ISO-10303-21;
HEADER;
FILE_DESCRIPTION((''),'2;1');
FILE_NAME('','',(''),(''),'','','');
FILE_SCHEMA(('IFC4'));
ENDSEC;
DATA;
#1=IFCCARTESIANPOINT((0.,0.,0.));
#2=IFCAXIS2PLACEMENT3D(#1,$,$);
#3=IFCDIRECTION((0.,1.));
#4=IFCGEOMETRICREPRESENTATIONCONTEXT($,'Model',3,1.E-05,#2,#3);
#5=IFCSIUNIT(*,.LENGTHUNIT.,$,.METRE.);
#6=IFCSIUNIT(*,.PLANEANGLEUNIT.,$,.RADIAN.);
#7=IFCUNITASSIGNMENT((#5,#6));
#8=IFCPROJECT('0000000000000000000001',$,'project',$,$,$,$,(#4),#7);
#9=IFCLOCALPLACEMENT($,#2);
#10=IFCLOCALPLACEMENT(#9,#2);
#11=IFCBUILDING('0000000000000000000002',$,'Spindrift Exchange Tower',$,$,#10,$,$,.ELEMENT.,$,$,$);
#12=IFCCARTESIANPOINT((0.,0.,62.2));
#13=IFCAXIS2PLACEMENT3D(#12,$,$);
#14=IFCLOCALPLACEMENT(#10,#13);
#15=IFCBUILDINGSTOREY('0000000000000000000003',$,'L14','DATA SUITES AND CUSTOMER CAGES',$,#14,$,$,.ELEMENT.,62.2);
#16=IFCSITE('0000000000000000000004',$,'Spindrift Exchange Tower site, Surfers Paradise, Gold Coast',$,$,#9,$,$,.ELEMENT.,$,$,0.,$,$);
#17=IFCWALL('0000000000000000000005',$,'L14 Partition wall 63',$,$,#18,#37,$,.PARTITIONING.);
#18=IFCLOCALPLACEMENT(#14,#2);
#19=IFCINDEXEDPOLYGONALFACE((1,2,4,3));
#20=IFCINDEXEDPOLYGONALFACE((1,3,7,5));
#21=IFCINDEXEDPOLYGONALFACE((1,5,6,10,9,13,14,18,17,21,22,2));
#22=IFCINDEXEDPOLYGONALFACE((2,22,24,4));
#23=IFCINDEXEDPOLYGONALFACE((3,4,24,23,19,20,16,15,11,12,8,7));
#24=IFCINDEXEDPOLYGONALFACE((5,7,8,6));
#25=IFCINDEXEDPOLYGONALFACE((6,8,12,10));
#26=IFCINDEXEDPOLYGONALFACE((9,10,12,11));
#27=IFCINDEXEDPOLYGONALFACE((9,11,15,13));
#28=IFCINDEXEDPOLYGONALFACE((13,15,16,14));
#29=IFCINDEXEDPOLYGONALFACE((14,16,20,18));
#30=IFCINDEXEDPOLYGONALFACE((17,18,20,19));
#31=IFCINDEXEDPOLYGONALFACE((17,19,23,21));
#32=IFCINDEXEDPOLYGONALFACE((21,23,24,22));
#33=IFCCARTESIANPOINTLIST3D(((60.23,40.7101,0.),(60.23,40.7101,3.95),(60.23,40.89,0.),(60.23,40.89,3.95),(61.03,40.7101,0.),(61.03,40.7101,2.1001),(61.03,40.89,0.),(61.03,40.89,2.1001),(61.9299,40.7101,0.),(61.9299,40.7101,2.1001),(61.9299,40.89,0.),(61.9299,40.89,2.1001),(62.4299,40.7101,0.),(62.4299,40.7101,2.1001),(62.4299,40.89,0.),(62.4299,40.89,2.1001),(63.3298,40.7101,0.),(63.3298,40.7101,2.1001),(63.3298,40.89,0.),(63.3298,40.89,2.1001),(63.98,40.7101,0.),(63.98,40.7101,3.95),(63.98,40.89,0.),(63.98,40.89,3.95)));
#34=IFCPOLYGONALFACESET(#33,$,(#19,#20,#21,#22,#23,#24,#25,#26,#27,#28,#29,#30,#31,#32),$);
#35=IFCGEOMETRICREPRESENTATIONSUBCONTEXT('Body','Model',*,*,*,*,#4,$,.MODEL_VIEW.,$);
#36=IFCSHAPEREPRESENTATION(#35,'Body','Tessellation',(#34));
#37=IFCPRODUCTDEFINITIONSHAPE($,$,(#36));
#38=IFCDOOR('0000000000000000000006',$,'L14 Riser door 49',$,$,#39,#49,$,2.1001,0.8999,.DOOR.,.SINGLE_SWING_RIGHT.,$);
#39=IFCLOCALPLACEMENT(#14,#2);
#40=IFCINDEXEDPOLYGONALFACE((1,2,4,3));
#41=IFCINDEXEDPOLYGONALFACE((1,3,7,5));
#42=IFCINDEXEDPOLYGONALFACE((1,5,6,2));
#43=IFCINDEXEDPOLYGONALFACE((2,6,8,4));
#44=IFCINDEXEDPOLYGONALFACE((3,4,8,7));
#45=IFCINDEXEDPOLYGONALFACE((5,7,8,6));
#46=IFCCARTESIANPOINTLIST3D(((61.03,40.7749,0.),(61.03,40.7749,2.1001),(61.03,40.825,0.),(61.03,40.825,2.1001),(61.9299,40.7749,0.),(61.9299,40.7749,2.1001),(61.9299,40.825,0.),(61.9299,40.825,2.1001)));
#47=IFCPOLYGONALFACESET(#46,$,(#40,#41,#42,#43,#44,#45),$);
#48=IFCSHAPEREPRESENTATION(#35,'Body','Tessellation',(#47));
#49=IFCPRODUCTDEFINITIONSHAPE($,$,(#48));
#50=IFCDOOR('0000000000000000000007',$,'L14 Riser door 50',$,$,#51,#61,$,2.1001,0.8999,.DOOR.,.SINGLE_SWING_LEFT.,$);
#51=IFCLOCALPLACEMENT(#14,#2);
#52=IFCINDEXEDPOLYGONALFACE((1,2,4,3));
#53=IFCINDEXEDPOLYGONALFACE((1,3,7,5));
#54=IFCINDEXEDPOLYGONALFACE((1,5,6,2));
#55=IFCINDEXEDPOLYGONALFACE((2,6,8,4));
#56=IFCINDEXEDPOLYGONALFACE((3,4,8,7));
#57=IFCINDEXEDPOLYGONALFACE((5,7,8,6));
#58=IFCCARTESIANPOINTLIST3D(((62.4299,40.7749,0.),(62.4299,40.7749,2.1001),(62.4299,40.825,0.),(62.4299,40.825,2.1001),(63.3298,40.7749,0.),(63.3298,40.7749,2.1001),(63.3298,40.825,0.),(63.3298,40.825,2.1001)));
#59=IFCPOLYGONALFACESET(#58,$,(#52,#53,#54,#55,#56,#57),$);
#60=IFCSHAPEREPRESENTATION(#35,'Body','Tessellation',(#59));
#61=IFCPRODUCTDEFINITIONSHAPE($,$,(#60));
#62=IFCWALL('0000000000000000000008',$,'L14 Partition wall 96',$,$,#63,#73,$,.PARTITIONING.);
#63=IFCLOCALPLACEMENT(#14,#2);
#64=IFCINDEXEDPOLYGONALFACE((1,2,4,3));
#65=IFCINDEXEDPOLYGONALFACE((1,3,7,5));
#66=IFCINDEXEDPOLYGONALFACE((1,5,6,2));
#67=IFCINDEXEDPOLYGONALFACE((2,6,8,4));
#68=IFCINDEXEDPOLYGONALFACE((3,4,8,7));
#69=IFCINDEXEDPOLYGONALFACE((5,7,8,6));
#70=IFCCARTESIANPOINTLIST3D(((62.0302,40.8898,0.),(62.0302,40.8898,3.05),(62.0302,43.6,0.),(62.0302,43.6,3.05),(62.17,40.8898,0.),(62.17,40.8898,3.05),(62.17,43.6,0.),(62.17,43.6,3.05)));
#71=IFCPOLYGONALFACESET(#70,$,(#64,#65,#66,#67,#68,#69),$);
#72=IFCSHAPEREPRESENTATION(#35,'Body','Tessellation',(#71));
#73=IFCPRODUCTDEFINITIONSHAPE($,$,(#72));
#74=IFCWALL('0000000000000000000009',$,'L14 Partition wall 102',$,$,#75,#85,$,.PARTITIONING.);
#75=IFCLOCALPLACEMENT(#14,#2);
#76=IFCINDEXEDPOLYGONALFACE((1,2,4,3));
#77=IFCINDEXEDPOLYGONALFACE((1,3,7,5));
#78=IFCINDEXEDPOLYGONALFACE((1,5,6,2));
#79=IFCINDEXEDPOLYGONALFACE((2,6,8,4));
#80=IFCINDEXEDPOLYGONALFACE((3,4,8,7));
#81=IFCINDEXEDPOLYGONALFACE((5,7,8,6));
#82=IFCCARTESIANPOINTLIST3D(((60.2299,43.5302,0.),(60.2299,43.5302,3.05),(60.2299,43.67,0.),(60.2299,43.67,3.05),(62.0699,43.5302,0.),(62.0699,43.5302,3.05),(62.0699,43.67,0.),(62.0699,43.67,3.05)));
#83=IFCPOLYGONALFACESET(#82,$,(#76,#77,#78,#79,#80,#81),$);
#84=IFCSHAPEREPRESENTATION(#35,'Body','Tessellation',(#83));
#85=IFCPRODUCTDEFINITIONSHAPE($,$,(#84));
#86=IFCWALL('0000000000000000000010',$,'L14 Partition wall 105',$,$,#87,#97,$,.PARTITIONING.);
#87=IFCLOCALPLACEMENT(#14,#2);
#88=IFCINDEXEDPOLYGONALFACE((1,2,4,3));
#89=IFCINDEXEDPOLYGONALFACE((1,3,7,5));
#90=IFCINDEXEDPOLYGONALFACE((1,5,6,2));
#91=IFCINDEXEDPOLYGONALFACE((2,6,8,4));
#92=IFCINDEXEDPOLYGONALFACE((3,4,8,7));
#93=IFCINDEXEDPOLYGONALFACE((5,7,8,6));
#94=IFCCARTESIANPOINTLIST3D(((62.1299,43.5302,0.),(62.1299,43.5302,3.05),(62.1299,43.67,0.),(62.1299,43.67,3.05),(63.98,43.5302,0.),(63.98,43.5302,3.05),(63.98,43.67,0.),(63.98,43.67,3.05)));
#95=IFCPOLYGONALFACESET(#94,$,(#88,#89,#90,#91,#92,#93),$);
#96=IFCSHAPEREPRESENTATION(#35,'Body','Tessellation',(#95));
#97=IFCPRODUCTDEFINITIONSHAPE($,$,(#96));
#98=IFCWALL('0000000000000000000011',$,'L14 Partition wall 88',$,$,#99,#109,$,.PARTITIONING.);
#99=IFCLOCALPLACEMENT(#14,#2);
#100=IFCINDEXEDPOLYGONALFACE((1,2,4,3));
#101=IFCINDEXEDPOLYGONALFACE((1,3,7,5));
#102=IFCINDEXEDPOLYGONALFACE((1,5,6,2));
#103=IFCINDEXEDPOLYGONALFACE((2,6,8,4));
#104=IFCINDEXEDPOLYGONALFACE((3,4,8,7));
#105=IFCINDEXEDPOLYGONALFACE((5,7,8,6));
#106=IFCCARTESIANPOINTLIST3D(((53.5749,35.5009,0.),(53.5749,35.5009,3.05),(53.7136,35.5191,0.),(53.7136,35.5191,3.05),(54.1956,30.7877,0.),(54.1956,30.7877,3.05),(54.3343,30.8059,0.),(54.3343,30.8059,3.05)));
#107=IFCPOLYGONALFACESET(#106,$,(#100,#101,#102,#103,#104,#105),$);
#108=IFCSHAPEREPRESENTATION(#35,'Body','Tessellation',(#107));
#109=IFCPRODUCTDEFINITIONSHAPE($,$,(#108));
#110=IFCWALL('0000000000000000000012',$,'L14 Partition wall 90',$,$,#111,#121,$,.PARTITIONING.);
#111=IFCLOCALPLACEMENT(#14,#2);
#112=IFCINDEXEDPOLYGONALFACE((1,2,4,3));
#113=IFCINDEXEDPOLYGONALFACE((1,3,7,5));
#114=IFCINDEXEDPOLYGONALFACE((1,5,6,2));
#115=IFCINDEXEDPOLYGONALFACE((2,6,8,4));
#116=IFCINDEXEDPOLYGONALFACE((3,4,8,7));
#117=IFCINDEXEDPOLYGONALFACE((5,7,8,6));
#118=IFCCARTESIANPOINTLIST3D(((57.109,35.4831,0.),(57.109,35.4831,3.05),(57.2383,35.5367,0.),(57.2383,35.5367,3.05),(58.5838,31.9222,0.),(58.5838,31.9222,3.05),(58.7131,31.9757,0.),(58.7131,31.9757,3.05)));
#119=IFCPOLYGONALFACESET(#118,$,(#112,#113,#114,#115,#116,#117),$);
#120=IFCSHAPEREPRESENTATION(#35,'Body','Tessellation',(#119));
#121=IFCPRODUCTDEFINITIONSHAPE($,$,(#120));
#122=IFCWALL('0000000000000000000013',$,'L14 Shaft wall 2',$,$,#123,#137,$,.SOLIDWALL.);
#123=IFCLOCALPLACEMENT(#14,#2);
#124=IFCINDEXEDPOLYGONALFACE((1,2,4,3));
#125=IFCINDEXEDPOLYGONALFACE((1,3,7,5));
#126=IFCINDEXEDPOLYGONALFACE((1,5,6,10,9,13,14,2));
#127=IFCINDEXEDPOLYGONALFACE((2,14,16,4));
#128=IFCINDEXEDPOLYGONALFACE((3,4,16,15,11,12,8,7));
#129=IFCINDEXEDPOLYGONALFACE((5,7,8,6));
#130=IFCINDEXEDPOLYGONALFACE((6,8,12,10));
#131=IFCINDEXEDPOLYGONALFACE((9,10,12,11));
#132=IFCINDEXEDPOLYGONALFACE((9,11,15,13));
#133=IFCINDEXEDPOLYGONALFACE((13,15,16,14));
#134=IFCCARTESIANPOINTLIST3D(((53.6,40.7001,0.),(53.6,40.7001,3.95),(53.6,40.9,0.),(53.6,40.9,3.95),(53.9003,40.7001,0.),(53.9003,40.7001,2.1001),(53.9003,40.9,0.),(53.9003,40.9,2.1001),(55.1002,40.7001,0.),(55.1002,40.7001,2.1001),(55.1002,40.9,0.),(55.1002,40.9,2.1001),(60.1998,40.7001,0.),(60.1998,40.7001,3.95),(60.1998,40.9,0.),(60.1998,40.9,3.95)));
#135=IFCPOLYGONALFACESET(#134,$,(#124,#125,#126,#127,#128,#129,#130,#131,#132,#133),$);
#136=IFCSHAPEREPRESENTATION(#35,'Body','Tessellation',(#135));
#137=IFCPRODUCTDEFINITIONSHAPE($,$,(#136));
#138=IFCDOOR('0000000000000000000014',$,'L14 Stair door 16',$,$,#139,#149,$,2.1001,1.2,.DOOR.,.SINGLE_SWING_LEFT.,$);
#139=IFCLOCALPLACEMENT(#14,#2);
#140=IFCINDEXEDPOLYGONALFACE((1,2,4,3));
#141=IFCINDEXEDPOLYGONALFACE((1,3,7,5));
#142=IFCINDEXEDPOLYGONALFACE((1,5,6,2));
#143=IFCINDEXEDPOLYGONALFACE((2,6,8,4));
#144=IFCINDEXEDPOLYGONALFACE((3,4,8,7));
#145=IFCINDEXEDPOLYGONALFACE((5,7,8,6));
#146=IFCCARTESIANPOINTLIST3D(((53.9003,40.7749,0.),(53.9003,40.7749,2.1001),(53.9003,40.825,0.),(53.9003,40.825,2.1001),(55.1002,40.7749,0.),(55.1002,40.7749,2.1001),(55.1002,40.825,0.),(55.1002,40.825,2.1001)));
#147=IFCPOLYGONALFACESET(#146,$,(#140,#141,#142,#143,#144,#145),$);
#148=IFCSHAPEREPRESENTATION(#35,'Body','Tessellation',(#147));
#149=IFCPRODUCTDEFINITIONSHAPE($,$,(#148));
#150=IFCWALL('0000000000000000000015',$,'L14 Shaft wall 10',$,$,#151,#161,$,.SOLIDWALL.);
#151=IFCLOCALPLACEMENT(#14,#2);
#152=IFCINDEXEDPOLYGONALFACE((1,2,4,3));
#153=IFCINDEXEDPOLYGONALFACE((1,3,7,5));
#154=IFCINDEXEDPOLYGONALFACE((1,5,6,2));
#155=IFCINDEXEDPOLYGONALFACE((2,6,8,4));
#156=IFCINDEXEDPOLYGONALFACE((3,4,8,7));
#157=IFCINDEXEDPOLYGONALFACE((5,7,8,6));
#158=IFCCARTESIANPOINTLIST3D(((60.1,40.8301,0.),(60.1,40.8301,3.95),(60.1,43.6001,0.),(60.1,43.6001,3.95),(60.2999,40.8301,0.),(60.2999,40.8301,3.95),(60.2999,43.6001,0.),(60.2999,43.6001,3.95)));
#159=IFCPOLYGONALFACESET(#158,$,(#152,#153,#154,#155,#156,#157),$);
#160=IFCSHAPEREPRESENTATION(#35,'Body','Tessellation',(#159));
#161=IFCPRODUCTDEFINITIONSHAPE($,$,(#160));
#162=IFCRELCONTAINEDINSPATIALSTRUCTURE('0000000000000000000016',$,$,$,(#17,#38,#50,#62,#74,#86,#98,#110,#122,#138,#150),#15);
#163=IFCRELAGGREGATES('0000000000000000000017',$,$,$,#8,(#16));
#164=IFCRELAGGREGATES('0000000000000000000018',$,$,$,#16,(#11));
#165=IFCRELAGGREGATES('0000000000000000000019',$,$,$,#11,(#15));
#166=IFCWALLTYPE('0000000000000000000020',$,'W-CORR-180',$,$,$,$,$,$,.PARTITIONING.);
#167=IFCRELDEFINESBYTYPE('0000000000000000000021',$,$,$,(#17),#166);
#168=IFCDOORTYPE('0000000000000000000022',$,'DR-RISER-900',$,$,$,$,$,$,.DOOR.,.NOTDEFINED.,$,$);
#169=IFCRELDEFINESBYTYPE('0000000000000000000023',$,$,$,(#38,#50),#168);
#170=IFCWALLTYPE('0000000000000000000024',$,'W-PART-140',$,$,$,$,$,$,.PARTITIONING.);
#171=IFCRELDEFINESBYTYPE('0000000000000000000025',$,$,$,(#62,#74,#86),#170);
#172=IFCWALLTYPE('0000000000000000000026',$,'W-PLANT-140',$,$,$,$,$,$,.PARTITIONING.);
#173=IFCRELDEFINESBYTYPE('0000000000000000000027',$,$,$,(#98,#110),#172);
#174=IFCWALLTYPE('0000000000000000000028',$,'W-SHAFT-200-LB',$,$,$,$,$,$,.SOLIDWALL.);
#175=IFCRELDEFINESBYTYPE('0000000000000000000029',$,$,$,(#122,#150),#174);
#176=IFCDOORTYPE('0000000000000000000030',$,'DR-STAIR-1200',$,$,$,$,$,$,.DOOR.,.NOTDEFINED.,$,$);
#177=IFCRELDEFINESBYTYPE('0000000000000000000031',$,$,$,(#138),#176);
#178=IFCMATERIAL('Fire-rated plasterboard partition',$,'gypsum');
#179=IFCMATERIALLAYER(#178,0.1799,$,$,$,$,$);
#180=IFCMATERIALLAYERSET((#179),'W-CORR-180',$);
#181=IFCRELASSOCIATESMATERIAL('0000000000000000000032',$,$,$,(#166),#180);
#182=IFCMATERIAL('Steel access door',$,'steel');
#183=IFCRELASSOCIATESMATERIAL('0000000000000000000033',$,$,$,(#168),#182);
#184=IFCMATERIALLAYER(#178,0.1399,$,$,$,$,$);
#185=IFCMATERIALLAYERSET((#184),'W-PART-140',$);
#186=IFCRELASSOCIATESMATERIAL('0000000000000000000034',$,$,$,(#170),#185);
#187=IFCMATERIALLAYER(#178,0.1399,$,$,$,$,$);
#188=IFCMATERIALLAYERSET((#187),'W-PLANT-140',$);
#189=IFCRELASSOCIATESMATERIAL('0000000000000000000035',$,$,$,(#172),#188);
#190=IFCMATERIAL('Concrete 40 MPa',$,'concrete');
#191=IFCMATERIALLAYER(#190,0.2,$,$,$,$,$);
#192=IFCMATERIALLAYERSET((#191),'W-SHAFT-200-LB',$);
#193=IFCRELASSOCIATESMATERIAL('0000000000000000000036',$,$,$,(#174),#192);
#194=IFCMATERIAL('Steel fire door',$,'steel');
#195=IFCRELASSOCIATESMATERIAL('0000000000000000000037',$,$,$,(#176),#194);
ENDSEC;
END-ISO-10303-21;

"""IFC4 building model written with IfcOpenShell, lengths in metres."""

from ifc_helpers import new_model, si_unit, direction, frame, frame_2d, origin, place, context, subcontext, project, spatial, rectangle, extrude, source, transform, mapped, material, layer, layer_set, type_object, element, fill, save


model = new_model("IFC4")

# Units and contexts
model_context = context("Model", 3, precision=1e-05, world=origin(), true_north=direction((0.0, 1.0)))
body_context = subcontext(model_context, "Body", "Model", "MODEL_VIEW")
ifc_project = project(units=[si_unit("LENGTHUNIT", "METRE"), si_unit("PLANEANGLEUNIT", "RADIAN")], contexts=[model_context])

# Site, building, storey
site_placement = place(None, origin())
site = spatial("IfcSite", under=ifc_project, at=site_placement, Name="Spindrift Exchange Tower site, Surfers Paradise, Gold Coast", CompositionType="ELEMENT", RefElevation=0.0)
building_placement = place(site_placement, origin())
building = spatial("IfcBuilding", under=site, at=building_placement, Name="Spindrift Exchange Tower", CompositionType="ELEMENT")
storey_placement = place(building_placement, frame((0.0, 0.0, 62.2)))
storey = spatial("IfcBuildingStorey", under=building, at=storey_placement, Name="L14", Description="DATA SUITES AND CUSTOMER CAGES", CompositionType="ELEMENT", Elevation=62.2)

# Wall, openings, doors
ifc_material_1 = material(Name="Fire-rated plasterboard partition", Category="gypsum")
ifc_layer_1 = layer(ifc_material_1, 0.1799)
ifc_layer_set_1 = layer_set([ifc_layer_1], Name="W-CORR-180")
wall_type_1 = type_object("IfcWallType", Name="W-CORR-180", PredefinedType="PARTITIONING", material=ifc_layer_set_1)
wall_1_placement = place(storey_placement, frame((60.23, 40.8, 0.0), z_axis=(0.0, 0.0, 1.0), x_axis=(1.0, 0.0, 0.0)))
wall_1 = element("IfcWall", 1, at=wall_1_placement, inside=storey, type_object=wall_type_1, Name="L14 Partition wall 63", PredefinedType="PARTITIONING", context=body_context, shape_type="SweptSolid", body=[
    extrude(rectangle(XDim=3.75, YDim=0.1799, at=frame_2d((1.875, 0.0))), origin(), (0.0, 0.0, 1.0), 3.95),
])
opening_1_placement = place(wall_1_placement, frame((0.8, 0.0, 0.0)))
opening_1 = element("IfcOpeningElement", 2, at=opening_1_placement, cuts=wall_1, PredefinedType="OPENING", context=body_context, shape_type="SweptSolid", body=[
    extrude(rectangle(XDim=0.8999, YDim=2.1001, at=frame_2d((0.45, 1.05))), frame((0.0, 0.0999, 0.0), z_axis=(0.0, -1.0, 0.0), x_axis=(1.0, 0.0, 0.0)), (0.0, 0.0, 1.0), 0.2),
])
opening_2_placement = place(wall_1_placement, frame((2.2, 0.0, 0.0)))
opening_2 = element("IfcOpeningElement", 3, at=opening_2_placement, cuts=wall_1, PredefinedType="OPENING", context=body_context, shape_type="SweptSolid", body=[
    extrude(rectangle(XDim=0.8999, YDim=2.1001, at=frame_2d((0.45, 1.05))), frame((0.0, 0.0999, 0.0), z_axis=(0.0, -1.0, 0.0), x_axis=(1.0, 0.0, 0.0)), (0.0, 0.0, 1.0), 0.2),
])
ifc_material_2 = material(Name="Steel access door", Category="steel")
door_type_1 = type_object("IfcDoorType", Name="DR-RISER-900", OperationType="NOTDEFINED", PredefinedType="DOOR", material=ifc_material_2)
shared_shape_1 = source(origin(), body_context, "Body", "SweptSolid", [
    extrude(rectangle(XDim=0.8999, YDim=2.1001, at=frame_2d((0.45, 1.05))), frame((0.0, 0.0249, 0.0), z_axis=(0.0, -1.0, 0.0), x_axis=(1.0, 0.0, 0.0)), (0.0, 0.0, 1.0), 0.05),
])
door_1_placement = place(opening_1_placement, origin())
door_1 = element("IfcDoor", 4, at=door_1_placement, inside=storey, type_object=door_type_1, Name="L14 Riser door 49", OperationType="SINGLE_SWING_RIGHT", OverallHeight=2.1001, OverallWidth=0.8999, PredefinedType="DOOR", context=body_context, shape_type="MappedRepresentation", body=[
    mapped(shared_shape_1, transform((0.0, 0.0, 0.0), scale=1.0)),
])
fill(opening_1, door_1)
door_2_placement = place(opening_2_placement, origin())
door_2 = element("IfcDoor", 5, at=door_2_placement, inside=storey, type_object=door_type_1, Name="L14 Riser door 50", OperationType="SINGLE_SWING_LEFT", OverallHeight=2.1001, OverallWidth=0.8999, PredefinedType="DOOR", context=body_context, shape_type="MappedRepresentation", body=[
    mapped(shared_shape_1, transform((0.0, 0.0, 0.0), scale=1.0)),
])
fill(opening_2, door_2)

# Walls
ifc_layer_2 = layer(ifc_material_1, 0.1399)
ifc_layer_set_2 = layer_set([ifc_layer_2], Name="W-PART-140")
wall_type_2 = type_object("IfcWallType", Name="W-PART-140", PredefinedType="PARTITIONING", material=ifc_layer_set_2)
wall_2_placement = place(storey_placement, frame((62.1001, 40.8899, 0.0), z_axis=(0.0, 0.0, 1.0), x_axis=(0.0, 1.0, 0.0)))
element("IfcWall", 6, at=wall_2_placement, inside=storey, type_object=wall_type_2, Name="L14 Partition wall 96", PredefinedType="PARTITIONING", context=body_context, shape_type="SweptSolid", body=[
    extrude(rectangle(XDim=2.7102, YDim=0.1399, at=frame_2d((1.355, 0.0))), origin(), (0.0, 0.0, 1.0), 3.05),
])
wall_3_placement = place(storey_placement, frame((60.23, 43.6001, 0.0), z_axis=(0.0, 0.0, 1.0), x_axis=(1.0, 0.0, 0.0)))
element("IfcWall", 7, at=wall_3_placement, inside=storey, type_object=wall_type_2, Name="L14 Partition wall 102", PredefinedType="PARTITIONING", context=body_context, shape_type="SweptSolid", body=[
    extrude(rectangle(XDim=1.8401, YDim=0.1399, at=frame_2d((0.9199, 0.0))), origin(), (0.0, 0.0, 1.0), 3.05),
])
wall_4_placement = place(storey_placement, frame((62.1299, 43.6001, 0.0), z_axis=(0.0, 0.0, 1.0), x_axis=(1.0, 0.0, 0.0)))
element("IfcWall", 8, at=wall_4_placement, inside=storey, type_object=wall_type_2, Name="L14 Partition wall 105", PredefinedType="PARTITIONING", context=body_context, shape_type="SweptSolid", body=[
    extrude(rectangle(XDim=1.8501, YDim=0.1399, at=frame_2d((0.925, 0.0))), origin(), (0.0, 0.0, 1.0), 3.05),
])
ifc_layer_3 = layer(ifc_material_1, 0.1399)
ifc_layer_set_3 = layer_set([ifc_layer_3], Name="W-PLANT-140")
wall_type_3 = type_object("IfcWallType", Name="W-PLANT-140", PredefinedType="PARTITIONING", material=ifc_layer_set_3)
wall_5_placement = place(storey_placement, frame((53.6443, 35.51, 0.0), z_axis=(0.0, 0.0, 1.0), x_axis=(0.130549, -0.991442, 0.0)))
element("IfcWall", 9, at=wall_5_placement, inside=storey, type_object=wall_type_3, Name="L14 Partition wall 88", PredefinedType="PARTITIONING", context=body_context, shape_type="SweptSolid", body=[
    extrude(rectangle(XDim=4.7539, YDim=0.1399, at=frame_2d((2.377, 0.0))), origin(), (0.0, 0.0, 1.0), 3.05),
])
wall_6_placement = place(storey_placement, frame((57.1736, 35.51, 0.0), z_axis=(0.0, 0.0, 1.0), x_axis=(0.382645, -0.923896, 0.0)))
element("IfcWall", 10, at=wall_6_placement, inside=storey, type_object=wall_type_3, Name="L14 Partition wall 90", PredefinedType="PARTITIONING", context=body_context, shape_type="SweptSolid", body=[
    extrude(rectangle(XDim=3.8542, YDim=0.1399, at=frame_2d((1.9272, 0.0))), origin(), (0.0, 0.0, 1.0), 3.05),
])

# Wall, opening, door
ifc_material_3 = material(Name="Concrete 40 MPa", Category="concrete")
ifc_layer_4 = layer(ifc_material_3, 0.2)
ifc_layer_set_4 = layer_set([ifc_layer_4], Name="W-SHAFT-200-LB")
wall_type_4 = type_object("IfcWallType", Name="W-SHAFT-200-LB", PredefinedType="SOLIDWALL", material=ifc_layer_set_4)
wall_7_placement = place(storey_placement, frame((53.6001, 40.8, 0.0), z_axis=(0.0, 0.0, 1.0), x_axis=(1.0, 0.0, 0.0)))
wall_7 = element("IfcWall", 11, at=wall_7_placement, inside=storey, type_object=wall_type_4, Name="L14 Shaft wall 2", PredefinedType="SOLIDWALL", context=body_context, shape_type="SweptSolid", body=[
    extrude(rectangle(XDim=6.5999, YDim=0.2, at=frame_2d((3.2998, 0.0))), origin(), (0.0, 0.0, 1.0), 3.95),
])
opening_3_placement = place(wall_7_placement, frame((0.3, 0.0, 0.0)))
opening_3 = element("IfcOpeningElement", 12, at=opening_3_placement, cuts=wall_7, PredefinedType="OPENING", context=body_context, shape_type="SweptSolid", body=[
    extrude(rectangle(XDim=1.2, YDim=2.1001, at=frame_2d((0.6001, 1.05))), frame((0.0, 0.1099, 0.0), z_axis=(0.0, -1.0, 0.0), x_axis=(1.0, 0.0, 0.0)), (0.0, 0.0, 1.0), 0.22),
])
ifc_material_4 = material(Name="Steel fire door", Category="steel")
door_type_2 = type_object("IfcDoorType", Name="DR-STAIR-1200", OperationType="NOTDEFINED", PredefinedType="DOOR", material=ifc_material_4)
shared_shape_2 = source(origin(), body_context, "Body", "SweptSolid", [
    extrude(rectangle(XDim=1.2, YDim=2.1001, at=frame_2d((0.6001, 1.05))), frame((0.0, 0.0249, 0.0), z_axis=(0.0, -1.0, 0.0), x_axis=(1.0, 0.0, 0.0)), (0.0, 0.0, 1.0), 0.05),
])
door_3_placement = place(opening_3_placement, origin())
door_3 = element("IfcDoor", 13, at=door_3_placement, inside=storey, type_object=door_type_2, Name="L14 Stair door 16", OperationType="SINGLE_SWING_LEFT", OverallHeight=2.1001, OverallWidth=1.2, PredefinedType="DOOR", context=body_context, shape_type="MappedRepresentation", body=[
    mapped(shared_shape_2, transform((0.0, 0.0, 0.0), scale=1.0)),
])
fill(opening_3, door_3)

# Wall
wall_8_placement = place(storey_placement, frame((60.2, 40.8301, 0.0), z_axis=(0.0, 0.0, 1.0), x_axis=(0.0, 1.0, 0.0)))
element("IfcWall", 14, at=wall_8_placement, inside=storey, type_object=wall_type_4, Name="L14 Shaft wall 10", PredefinedType="SOLIDWALL", context=body_context, shape_type="SweptSolid", body=[
    extrude(rectangle(XDim=2.77, YDim=0.2, at=frame_2d((1.385, 0.0))), origin(), (0.0, 0.0, 1.0), 3.95),
])

save(model, "model.ifc")
